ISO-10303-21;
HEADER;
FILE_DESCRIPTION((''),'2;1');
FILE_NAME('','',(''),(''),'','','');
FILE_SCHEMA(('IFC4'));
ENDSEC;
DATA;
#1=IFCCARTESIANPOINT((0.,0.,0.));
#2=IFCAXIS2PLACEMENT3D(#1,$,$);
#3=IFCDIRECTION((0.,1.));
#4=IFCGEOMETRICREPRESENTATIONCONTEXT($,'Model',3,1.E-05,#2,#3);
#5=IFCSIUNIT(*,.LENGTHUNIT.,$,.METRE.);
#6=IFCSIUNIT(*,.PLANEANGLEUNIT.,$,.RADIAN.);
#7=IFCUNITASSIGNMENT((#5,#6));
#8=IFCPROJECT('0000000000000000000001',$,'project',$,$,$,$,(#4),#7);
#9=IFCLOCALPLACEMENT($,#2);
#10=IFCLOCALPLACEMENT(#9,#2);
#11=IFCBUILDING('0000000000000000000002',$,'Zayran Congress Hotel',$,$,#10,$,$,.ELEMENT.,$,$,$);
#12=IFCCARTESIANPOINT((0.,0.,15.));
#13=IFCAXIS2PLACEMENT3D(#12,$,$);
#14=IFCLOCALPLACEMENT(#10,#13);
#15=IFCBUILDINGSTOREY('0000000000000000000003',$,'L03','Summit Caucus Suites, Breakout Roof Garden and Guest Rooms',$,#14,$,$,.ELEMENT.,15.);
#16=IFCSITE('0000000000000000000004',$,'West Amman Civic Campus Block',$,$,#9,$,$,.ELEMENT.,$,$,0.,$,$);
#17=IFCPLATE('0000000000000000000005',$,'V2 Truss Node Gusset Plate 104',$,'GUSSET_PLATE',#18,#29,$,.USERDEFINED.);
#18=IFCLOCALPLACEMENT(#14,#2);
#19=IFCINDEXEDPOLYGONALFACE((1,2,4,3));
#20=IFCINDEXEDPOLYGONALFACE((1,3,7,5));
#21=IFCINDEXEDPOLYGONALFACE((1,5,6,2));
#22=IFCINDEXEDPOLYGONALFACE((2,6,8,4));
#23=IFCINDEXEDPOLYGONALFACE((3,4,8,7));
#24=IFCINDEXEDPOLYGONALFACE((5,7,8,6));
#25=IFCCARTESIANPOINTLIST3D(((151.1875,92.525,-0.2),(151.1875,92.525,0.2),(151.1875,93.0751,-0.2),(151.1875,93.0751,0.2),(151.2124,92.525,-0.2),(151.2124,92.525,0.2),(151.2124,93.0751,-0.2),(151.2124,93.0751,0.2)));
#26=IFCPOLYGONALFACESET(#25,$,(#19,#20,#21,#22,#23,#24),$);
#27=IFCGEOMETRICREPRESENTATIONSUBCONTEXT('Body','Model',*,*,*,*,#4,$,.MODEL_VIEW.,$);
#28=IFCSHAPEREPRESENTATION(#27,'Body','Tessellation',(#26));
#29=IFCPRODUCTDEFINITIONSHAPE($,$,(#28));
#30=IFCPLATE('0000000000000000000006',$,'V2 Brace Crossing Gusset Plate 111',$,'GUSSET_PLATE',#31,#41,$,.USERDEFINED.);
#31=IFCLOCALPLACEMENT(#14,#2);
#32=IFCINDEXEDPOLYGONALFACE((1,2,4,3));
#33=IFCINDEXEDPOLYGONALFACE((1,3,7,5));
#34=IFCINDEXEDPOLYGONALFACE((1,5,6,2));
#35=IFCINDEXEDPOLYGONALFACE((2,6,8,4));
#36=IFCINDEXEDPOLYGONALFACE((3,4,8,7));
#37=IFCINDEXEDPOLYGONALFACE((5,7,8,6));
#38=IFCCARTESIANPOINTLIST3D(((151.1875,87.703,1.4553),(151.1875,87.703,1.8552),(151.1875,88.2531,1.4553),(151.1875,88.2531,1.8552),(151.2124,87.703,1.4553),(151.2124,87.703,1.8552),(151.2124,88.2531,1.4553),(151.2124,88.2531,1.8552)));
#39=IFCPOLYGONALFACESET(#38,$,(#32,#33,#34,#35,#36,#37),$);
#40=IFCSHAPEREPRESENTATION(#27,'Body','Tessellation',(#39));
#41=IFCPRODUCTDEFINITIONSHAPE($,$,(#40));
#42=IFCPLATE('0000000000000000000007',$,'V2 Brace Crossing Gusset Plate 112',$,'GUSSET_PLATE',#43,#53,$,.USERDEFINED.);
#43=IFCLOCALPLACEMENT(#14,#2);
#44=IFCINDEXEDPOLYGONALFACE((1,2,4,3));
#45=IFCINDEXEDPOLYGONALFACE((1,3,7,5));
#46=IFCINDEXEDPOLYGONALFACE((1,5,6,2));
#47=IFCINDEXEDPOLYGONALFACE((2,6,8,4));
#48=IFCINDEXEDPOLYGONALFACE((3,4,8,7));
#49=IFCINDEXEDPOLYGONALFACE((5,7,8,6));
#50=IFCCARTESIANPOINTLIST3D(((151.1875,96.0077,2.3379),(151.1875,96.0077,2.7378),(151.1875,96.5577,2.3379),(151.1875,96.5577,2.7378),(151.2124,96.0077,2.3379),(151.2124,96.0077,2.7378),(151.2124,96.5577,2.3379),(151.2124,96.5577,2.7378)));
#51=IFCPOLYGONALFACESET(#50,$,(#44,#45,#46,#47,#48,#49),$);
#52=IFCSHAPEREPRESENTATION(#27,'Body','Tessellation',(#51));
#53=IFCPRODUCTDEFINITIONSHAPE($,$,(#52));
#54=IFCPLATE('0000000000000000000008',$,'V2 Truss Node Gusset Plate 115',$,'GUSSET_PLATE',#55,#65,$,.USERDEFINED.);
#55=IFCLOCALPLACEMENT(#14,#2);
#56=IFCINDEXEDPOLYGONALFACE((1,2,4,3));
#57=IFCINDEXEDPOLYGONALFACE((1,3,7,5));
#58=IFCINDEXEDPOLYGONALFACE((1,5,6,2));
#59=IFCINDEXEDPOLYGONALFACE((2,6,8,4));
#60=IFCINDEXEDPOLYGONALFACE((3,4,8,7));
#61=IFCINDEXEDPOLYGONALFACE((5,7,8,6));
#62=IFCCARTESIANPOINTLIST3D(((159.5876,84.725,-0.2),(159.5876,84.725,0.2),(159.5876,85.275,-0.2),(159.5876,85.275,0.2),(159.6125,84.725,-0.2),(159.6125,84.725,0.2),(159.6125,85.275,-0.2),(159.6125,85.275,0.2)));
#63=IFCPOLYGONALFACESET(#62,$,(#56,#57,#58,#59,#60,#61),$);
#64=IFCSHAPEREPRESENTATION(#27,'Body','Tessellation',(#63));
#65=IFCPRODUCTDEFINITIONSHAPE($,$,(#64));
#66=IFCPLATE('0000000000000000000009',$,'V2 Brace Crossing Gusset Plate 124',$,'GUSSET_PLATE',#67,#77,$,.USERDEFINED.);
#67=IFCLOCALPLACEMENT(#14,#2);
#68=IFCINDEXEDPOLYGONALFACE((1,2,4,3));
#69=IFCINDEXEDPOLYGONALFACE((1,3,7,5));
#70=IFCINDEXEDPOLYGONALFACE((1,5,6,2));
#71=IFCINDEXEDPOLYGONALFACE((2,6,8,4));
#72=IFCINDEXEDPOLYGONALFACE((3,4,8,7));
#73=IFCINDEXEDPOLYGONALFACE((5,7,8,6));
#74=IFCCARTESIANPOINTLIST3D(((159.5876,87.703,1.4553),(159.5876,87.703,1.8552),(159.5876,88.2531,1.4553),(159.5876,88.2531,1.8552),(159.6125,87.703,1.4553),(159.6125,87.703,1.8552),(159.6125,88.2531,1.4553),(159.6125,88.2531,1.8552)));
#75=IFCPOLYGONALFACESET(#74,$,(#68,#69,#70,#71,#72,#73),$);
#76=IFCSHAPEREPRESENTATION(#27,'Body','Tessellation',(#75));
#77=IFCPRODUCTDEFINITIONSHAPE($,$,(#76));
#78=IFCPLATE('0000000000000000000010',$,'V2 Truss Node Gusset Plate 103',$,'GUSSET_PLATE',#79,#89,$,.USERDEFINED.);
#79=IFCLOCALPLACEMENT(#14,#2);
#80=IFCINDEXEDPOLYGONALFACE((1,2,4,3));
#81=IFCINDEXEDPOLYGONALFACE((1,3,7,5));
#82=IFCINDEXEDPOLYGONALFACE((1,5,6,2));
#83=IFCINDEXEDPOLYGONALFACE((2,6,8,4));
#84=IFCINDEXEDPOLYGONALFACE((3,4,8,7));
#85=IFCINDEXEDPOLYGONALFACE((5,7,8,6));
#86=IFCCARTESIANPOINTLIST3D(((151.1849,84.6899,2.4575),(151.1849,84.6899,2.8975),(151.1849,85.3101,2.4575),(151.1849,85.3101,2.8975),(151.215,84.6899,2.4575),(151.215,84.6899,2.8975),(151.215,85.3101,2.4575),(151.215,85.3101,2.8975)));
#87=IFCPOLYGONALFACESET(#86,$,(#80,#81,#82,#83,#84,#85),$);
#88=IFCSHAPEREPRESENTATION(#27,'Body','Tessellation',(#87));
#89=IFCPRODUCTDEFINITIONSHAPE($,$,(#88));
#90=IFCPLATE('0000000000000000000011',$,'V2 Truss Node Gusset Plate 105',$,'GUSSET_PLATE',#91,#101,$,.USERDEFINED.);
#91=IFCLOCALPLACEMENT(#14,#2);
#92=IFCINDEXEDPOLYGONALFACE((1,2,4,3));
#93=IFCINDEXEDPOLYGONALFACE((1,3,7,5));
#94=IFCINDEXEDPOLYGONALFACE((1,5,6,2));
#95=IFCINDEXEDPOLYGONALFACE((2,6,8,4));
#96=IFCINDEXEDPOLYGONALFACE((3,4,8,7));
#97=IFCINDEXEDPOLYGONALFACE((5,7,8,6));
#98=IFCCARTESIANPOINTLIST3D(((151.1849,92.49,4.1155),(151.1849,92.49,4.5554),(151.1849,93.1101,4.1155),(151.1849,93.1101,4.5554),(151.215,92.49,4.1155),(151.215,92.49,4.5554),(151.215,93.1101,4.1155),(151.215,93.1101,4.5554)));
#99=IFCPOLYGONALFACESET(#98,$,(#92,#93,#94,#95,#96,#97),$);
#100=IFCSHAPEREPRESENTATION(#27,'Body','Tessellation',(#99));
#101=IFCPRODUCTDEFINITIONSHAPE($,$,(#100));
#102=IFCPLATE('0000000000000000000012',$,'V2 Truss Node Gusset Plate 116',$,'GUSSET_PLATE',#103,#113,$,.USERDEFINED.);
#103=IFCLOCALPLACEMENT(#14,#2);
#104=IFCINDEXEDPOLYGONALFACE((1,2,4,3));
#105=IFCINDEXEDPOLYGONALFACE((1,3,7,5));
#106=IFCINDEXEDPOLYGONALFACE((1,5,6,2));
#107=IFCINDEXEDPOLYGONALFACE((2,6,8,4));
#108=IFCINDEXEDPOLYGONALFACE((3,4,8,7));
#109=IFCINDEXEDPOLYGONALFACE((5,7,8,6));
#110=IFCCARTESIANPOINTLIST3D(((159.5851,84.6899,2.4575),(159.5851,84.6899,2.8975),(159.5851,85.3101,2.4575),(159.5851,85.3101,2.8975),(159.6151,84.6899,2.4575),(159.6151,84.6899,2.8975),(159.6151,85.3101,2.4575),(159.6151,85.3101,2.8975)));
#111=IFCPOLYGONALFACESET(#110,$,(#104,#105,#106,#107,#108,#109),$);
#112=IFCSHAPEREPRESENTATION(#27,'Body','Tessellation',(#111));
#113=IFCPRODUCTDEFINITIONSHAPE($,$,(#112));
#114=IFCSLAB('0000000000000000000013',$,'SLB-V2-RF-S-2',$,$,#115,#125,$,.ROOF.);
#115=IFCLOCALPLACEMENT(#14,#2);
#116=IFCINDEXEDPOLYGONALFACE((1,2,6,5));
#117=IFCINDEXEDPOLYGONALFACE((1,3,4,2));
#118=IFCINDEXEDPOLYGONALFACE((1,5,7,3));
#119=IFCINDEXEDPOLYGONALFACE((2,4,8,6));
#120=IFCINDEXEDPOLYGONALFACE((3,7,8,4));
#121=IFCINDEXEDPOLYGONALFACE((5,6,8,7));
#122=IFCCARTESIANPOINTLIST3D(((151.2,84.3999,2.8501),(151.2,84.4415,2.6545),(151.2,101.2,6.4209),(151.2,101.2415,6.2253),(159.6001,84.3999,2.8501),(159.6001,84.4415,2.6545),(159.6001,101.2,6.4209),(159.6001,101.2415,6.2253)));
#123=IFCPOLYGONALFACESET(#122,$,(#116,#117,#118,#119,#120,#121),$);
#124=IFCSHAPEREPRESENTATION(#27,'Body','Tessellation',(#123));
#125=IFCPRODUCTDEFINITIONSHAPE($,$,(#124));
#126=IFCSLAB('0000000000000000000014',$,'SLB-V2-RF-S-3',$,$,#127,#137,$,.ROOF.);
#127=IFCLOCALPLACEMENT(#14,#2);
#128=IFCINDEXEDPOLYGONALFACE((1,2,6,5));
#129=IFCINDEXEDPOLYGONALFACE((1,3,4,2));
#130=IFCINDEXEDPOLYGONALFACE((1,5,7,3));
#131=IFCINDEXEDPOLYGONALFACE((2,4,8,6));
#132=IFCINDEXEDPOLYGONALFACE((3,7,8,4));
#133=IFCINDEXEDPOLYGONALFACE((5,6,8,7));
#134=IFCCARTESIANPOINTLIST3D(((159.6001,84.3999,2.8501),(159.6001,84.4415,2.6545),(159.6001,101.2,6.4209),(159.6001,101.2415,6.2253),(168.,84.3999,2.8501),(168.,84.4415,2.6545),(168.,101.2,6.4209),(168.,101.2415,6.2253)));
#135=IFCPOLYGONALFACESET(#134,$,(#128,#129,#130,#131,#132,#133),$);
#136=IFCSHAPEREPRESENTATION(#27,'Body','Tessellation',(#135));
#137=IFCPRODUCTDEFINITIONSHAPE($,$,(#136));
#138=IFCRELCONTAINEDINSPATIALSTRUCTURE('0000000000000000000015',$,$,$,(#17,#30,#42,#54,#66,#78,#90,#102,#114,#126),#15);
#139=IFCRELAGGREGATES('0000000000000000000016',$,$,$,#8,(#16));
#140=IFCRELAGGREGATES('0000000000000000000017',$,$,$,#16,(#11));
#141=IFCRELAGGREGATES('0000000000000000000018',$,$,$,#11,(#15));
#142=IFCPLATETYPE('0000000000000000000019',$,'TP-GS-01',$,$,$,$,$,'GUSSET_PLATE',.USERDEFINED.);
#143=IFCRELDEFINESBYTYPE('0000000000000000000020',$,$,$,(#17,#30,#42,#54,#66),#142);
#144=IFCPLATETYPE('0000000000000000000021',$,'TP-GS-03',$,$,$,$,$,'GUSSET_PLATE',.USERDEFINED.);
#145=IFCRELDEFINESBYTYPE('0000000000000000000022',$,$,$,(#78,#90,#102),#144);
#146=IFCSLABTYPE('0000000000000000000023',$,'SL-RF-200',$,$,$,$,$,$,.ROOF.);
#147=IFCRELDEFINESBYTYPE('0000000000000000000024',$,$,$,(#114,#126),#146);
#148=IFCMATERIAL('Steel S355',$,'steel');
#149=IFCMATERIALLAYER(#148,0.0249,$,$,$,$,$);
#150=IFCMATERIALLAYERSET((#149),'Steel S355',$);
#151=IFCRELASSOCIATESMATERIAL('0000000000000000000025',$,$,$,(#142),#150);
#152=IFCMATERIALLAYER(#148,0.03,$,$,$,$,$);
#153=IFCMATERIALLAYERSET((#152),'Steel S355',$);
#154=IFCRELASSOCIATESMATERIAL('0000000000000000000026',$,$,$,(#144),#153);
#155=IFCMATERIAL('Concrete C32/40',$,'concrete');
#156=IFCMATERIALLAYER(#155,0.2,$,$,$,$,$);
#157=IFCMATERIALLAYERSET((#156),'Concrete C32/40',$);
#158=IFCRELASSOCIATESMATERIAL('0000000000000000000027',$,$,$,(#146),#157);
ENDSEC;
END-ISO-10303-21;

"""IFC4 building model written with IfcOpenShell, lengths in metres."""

from ifc_helpers import new_model, si_unit, direction, frame, origin, origin_2d, place, context, subcontext, project, spatial, polyline, rectangle, outline, extrude, material, layer, layer_set, type_object, element, save


model = new_model("IFC4")

# Units and contexts
model_context = context("Model", 3, precision=1e-05, world=origin(), true_north=direction((0.0, 1.0)))
body_context = subcontext(model_context, "Body", "Model", "MODEL_VIEW")
ifc_project = project(units=[si_unit("LENGTHUNIT", "METRE"), si_unit("PLANEANGLEUNIT", "RADIAN")], contexts=[model_context])

# Site, building, storey
site_placement = place(None, origin())
site = spatial("IfcSite", under=ifc_project, at=site_placement, Name="West Amman Civic Campus Block", CompositionType="ELEMENT", RefElevation=0.0)
building_placement = place(site_placement, origin())
building = spatial("IfcBuilding", under=site, at=building_placement, Name="Zayran Congress Hotel", CompositionType="ELEMENT")
storey_placement = place(building_placement, frame((0.0, 0.0, 15.0)))
storey = spatial("IfcBuildingStorey", under=building, at=storey_placement, Name="L03", Description="Summit Caucus Suites, Breakout Roof Garden and Guest Rooms", CompositionType="ELEMENT", Elevation=15.0)

# Shared definitions
ifc_material_1 = material(Name="Steel S355", Category="steel")

# Plates
ifc_layer_1 = layer(ifc_material_1, 0.0249)
ifc_layer_set_1 = layer_set([ifc_layer_1], Name="Steel S355")
plate_type_1 = type_object("IfcPlateType", Name="TP-GS-01", ElementType="GUSSET_PLATE", PredefinedType="USERDEFINED", material=ifc_layer_set_1)
for number, where, z_axis, x_axis, name in (
    (1, (151.2, 92.8, -0.2), (0.0, 0.0, 1.0), (0.0, 1.0, 0.0), "V2 Truss Node Gusset Plate 104"),
    (2, (151.2, 87.978, 1.4553), (0.0, 0.0, 1.0), (0.0, 1.0, 0.0), "V2 Brace Crossing Gusset Plate 111"),
    (3, (151.2, 96.2827, 2.3379), (0.0, 0.0, 1.0), (0.0, 1.0, 0.0), "V2 Brace Crossing Gusset Plate 112"),
    (4, (159.6001, 85.0, -0.2), (0.0, 0.0, 1.0), (0.0, 1.0, 0.0), "V2 Truss Node Gusset Plate 115"),
    (5, (159.6001, 87.978, 1.4553), (0.0, 0.0, 1.0), (0.0, 1.0, 0.0), "V2 Brace Crossing Gusset Plate 124"),
):
    element("IfcPlate", number, at=place(storey_placement, frame(where, z_axis=z_axis, x_axis=x_axis)), inside=storey, type_object=plate_type_1, Name=name, ObjectType="GUSSET_PLATE", PredefinedType="USERDEFINED", context=body_context, shape_type="SweptSolid", body=[
        extrude(rectangle(XDim=0.55, YDim=0.0249, at=origin_2d()), origin(), (0.0, 0.0, 1.0), 0.3999),
    ])
ifc_layer_2 = layer(ifc_material_1, 0.03)
ifc_layer_set_2 = layer_set([ifc_layer_2], Name="Steel S355")
plate_type_2 = type_object("IfcPlateType", Name="TP-GS-03", ElementType="GUSSET_PLATE", PredefinedType="USERDEFINED", material=ifc_layer_set_2)
for number, where, z_axis, x_axis, name in (
    (6, (151.2, 85.0, 2.4575), (0.0, 0.0, 1.0), (0.0, 1.0, 0.0), "V2 Truss Node Gusset Plate 103"),
    (7, (151.2, 92.8, 4.1155), (0.0, 0.0, 1.0), (0.0, 1.0, 0.0), "V2 Truss Node Gusset Plate 105"),
    (8, (159.6001, 85.0, 2.4575), (0.0, 0.0, 1.0), (0.0, 1.0, 0.0), "V2 Truss Node Gusset Plate 116"),
):
    element("IfcPlate", number, at=place(storey_placement, frame(where, z_axis=z_axis, x_axis=x_axis)), inside=storey, type_object=plate_type_2, Name=name, ObjectType="GUSSET_PLATE", PredefinedType="USERDEFINED", context=body_context, shape_type="SweptSolid", body=[
        extrude(rectangle(XDim=0.6201, YDim=0.03, at=origin_2d()), origin(), (0.0, 0.0, 1.0), 0.4399),
    ])

# Slabs
ifc_material_2 = material(Name="Concrete C32/40", Category="concrete")
ifc_layer_3 = layer(ifc_material_2, 0.2)
ifc_layer_set_3 = layer_set([ifc_layer_3], Name="Concrete C32/40")
slab_type = type_object("IfcSlabType", Name="SL-RF-200", PredefinedType="ROOF", material=ifc_layer_set_3)
slab_1_placement = place(storey_placement, frame((151.2, 84.3999, 2.8501), z_axis=(0.0, -0.207903, 0.978149), x_axis=(1.0, 0.0, 0.0)))
element("IfcSlab", 9, at=slab_1_placement, inside=storey, type_object=slab_type, Name="SLB-V2-RF-S-2", PredefinedType="ROOF", context=body_context, shape_type="SweptSolid", body=[
    extrude(outline(polyline([(0.0, 0.0), (8.4001, 0.0), (8.4001, 17.1753), (0.0, 17.1753), (0.0, 0.0)])), origin(), (0.0, 0.0, -1.0), 0.2),
])
slab_2_placement = place(storey_placement, frame((159.6001, 84.3999, 2.8501), z_axis=(0.0, -0.207903, 0.978149), x_axis=(1.0, 0.0, 0.0)))
element("IfcSlab", 10, at=slab_2_placement, inside=storey, type_object=slab_type, Name="SLB-V2-RF-S-3", PredefinedType="ROOF", context=body_context, shape_type="SweptSolid", body=[
    extrude(outline(polyline([(0.0, 0.0), (8.3999, 0.0), (8.3999, 17.1753), (0.0, 17.1753), (0.0, 0.0)])), origin(), (0.0, 0.0, -1.0), 0.2),
])

save(model, "model.ifc")
